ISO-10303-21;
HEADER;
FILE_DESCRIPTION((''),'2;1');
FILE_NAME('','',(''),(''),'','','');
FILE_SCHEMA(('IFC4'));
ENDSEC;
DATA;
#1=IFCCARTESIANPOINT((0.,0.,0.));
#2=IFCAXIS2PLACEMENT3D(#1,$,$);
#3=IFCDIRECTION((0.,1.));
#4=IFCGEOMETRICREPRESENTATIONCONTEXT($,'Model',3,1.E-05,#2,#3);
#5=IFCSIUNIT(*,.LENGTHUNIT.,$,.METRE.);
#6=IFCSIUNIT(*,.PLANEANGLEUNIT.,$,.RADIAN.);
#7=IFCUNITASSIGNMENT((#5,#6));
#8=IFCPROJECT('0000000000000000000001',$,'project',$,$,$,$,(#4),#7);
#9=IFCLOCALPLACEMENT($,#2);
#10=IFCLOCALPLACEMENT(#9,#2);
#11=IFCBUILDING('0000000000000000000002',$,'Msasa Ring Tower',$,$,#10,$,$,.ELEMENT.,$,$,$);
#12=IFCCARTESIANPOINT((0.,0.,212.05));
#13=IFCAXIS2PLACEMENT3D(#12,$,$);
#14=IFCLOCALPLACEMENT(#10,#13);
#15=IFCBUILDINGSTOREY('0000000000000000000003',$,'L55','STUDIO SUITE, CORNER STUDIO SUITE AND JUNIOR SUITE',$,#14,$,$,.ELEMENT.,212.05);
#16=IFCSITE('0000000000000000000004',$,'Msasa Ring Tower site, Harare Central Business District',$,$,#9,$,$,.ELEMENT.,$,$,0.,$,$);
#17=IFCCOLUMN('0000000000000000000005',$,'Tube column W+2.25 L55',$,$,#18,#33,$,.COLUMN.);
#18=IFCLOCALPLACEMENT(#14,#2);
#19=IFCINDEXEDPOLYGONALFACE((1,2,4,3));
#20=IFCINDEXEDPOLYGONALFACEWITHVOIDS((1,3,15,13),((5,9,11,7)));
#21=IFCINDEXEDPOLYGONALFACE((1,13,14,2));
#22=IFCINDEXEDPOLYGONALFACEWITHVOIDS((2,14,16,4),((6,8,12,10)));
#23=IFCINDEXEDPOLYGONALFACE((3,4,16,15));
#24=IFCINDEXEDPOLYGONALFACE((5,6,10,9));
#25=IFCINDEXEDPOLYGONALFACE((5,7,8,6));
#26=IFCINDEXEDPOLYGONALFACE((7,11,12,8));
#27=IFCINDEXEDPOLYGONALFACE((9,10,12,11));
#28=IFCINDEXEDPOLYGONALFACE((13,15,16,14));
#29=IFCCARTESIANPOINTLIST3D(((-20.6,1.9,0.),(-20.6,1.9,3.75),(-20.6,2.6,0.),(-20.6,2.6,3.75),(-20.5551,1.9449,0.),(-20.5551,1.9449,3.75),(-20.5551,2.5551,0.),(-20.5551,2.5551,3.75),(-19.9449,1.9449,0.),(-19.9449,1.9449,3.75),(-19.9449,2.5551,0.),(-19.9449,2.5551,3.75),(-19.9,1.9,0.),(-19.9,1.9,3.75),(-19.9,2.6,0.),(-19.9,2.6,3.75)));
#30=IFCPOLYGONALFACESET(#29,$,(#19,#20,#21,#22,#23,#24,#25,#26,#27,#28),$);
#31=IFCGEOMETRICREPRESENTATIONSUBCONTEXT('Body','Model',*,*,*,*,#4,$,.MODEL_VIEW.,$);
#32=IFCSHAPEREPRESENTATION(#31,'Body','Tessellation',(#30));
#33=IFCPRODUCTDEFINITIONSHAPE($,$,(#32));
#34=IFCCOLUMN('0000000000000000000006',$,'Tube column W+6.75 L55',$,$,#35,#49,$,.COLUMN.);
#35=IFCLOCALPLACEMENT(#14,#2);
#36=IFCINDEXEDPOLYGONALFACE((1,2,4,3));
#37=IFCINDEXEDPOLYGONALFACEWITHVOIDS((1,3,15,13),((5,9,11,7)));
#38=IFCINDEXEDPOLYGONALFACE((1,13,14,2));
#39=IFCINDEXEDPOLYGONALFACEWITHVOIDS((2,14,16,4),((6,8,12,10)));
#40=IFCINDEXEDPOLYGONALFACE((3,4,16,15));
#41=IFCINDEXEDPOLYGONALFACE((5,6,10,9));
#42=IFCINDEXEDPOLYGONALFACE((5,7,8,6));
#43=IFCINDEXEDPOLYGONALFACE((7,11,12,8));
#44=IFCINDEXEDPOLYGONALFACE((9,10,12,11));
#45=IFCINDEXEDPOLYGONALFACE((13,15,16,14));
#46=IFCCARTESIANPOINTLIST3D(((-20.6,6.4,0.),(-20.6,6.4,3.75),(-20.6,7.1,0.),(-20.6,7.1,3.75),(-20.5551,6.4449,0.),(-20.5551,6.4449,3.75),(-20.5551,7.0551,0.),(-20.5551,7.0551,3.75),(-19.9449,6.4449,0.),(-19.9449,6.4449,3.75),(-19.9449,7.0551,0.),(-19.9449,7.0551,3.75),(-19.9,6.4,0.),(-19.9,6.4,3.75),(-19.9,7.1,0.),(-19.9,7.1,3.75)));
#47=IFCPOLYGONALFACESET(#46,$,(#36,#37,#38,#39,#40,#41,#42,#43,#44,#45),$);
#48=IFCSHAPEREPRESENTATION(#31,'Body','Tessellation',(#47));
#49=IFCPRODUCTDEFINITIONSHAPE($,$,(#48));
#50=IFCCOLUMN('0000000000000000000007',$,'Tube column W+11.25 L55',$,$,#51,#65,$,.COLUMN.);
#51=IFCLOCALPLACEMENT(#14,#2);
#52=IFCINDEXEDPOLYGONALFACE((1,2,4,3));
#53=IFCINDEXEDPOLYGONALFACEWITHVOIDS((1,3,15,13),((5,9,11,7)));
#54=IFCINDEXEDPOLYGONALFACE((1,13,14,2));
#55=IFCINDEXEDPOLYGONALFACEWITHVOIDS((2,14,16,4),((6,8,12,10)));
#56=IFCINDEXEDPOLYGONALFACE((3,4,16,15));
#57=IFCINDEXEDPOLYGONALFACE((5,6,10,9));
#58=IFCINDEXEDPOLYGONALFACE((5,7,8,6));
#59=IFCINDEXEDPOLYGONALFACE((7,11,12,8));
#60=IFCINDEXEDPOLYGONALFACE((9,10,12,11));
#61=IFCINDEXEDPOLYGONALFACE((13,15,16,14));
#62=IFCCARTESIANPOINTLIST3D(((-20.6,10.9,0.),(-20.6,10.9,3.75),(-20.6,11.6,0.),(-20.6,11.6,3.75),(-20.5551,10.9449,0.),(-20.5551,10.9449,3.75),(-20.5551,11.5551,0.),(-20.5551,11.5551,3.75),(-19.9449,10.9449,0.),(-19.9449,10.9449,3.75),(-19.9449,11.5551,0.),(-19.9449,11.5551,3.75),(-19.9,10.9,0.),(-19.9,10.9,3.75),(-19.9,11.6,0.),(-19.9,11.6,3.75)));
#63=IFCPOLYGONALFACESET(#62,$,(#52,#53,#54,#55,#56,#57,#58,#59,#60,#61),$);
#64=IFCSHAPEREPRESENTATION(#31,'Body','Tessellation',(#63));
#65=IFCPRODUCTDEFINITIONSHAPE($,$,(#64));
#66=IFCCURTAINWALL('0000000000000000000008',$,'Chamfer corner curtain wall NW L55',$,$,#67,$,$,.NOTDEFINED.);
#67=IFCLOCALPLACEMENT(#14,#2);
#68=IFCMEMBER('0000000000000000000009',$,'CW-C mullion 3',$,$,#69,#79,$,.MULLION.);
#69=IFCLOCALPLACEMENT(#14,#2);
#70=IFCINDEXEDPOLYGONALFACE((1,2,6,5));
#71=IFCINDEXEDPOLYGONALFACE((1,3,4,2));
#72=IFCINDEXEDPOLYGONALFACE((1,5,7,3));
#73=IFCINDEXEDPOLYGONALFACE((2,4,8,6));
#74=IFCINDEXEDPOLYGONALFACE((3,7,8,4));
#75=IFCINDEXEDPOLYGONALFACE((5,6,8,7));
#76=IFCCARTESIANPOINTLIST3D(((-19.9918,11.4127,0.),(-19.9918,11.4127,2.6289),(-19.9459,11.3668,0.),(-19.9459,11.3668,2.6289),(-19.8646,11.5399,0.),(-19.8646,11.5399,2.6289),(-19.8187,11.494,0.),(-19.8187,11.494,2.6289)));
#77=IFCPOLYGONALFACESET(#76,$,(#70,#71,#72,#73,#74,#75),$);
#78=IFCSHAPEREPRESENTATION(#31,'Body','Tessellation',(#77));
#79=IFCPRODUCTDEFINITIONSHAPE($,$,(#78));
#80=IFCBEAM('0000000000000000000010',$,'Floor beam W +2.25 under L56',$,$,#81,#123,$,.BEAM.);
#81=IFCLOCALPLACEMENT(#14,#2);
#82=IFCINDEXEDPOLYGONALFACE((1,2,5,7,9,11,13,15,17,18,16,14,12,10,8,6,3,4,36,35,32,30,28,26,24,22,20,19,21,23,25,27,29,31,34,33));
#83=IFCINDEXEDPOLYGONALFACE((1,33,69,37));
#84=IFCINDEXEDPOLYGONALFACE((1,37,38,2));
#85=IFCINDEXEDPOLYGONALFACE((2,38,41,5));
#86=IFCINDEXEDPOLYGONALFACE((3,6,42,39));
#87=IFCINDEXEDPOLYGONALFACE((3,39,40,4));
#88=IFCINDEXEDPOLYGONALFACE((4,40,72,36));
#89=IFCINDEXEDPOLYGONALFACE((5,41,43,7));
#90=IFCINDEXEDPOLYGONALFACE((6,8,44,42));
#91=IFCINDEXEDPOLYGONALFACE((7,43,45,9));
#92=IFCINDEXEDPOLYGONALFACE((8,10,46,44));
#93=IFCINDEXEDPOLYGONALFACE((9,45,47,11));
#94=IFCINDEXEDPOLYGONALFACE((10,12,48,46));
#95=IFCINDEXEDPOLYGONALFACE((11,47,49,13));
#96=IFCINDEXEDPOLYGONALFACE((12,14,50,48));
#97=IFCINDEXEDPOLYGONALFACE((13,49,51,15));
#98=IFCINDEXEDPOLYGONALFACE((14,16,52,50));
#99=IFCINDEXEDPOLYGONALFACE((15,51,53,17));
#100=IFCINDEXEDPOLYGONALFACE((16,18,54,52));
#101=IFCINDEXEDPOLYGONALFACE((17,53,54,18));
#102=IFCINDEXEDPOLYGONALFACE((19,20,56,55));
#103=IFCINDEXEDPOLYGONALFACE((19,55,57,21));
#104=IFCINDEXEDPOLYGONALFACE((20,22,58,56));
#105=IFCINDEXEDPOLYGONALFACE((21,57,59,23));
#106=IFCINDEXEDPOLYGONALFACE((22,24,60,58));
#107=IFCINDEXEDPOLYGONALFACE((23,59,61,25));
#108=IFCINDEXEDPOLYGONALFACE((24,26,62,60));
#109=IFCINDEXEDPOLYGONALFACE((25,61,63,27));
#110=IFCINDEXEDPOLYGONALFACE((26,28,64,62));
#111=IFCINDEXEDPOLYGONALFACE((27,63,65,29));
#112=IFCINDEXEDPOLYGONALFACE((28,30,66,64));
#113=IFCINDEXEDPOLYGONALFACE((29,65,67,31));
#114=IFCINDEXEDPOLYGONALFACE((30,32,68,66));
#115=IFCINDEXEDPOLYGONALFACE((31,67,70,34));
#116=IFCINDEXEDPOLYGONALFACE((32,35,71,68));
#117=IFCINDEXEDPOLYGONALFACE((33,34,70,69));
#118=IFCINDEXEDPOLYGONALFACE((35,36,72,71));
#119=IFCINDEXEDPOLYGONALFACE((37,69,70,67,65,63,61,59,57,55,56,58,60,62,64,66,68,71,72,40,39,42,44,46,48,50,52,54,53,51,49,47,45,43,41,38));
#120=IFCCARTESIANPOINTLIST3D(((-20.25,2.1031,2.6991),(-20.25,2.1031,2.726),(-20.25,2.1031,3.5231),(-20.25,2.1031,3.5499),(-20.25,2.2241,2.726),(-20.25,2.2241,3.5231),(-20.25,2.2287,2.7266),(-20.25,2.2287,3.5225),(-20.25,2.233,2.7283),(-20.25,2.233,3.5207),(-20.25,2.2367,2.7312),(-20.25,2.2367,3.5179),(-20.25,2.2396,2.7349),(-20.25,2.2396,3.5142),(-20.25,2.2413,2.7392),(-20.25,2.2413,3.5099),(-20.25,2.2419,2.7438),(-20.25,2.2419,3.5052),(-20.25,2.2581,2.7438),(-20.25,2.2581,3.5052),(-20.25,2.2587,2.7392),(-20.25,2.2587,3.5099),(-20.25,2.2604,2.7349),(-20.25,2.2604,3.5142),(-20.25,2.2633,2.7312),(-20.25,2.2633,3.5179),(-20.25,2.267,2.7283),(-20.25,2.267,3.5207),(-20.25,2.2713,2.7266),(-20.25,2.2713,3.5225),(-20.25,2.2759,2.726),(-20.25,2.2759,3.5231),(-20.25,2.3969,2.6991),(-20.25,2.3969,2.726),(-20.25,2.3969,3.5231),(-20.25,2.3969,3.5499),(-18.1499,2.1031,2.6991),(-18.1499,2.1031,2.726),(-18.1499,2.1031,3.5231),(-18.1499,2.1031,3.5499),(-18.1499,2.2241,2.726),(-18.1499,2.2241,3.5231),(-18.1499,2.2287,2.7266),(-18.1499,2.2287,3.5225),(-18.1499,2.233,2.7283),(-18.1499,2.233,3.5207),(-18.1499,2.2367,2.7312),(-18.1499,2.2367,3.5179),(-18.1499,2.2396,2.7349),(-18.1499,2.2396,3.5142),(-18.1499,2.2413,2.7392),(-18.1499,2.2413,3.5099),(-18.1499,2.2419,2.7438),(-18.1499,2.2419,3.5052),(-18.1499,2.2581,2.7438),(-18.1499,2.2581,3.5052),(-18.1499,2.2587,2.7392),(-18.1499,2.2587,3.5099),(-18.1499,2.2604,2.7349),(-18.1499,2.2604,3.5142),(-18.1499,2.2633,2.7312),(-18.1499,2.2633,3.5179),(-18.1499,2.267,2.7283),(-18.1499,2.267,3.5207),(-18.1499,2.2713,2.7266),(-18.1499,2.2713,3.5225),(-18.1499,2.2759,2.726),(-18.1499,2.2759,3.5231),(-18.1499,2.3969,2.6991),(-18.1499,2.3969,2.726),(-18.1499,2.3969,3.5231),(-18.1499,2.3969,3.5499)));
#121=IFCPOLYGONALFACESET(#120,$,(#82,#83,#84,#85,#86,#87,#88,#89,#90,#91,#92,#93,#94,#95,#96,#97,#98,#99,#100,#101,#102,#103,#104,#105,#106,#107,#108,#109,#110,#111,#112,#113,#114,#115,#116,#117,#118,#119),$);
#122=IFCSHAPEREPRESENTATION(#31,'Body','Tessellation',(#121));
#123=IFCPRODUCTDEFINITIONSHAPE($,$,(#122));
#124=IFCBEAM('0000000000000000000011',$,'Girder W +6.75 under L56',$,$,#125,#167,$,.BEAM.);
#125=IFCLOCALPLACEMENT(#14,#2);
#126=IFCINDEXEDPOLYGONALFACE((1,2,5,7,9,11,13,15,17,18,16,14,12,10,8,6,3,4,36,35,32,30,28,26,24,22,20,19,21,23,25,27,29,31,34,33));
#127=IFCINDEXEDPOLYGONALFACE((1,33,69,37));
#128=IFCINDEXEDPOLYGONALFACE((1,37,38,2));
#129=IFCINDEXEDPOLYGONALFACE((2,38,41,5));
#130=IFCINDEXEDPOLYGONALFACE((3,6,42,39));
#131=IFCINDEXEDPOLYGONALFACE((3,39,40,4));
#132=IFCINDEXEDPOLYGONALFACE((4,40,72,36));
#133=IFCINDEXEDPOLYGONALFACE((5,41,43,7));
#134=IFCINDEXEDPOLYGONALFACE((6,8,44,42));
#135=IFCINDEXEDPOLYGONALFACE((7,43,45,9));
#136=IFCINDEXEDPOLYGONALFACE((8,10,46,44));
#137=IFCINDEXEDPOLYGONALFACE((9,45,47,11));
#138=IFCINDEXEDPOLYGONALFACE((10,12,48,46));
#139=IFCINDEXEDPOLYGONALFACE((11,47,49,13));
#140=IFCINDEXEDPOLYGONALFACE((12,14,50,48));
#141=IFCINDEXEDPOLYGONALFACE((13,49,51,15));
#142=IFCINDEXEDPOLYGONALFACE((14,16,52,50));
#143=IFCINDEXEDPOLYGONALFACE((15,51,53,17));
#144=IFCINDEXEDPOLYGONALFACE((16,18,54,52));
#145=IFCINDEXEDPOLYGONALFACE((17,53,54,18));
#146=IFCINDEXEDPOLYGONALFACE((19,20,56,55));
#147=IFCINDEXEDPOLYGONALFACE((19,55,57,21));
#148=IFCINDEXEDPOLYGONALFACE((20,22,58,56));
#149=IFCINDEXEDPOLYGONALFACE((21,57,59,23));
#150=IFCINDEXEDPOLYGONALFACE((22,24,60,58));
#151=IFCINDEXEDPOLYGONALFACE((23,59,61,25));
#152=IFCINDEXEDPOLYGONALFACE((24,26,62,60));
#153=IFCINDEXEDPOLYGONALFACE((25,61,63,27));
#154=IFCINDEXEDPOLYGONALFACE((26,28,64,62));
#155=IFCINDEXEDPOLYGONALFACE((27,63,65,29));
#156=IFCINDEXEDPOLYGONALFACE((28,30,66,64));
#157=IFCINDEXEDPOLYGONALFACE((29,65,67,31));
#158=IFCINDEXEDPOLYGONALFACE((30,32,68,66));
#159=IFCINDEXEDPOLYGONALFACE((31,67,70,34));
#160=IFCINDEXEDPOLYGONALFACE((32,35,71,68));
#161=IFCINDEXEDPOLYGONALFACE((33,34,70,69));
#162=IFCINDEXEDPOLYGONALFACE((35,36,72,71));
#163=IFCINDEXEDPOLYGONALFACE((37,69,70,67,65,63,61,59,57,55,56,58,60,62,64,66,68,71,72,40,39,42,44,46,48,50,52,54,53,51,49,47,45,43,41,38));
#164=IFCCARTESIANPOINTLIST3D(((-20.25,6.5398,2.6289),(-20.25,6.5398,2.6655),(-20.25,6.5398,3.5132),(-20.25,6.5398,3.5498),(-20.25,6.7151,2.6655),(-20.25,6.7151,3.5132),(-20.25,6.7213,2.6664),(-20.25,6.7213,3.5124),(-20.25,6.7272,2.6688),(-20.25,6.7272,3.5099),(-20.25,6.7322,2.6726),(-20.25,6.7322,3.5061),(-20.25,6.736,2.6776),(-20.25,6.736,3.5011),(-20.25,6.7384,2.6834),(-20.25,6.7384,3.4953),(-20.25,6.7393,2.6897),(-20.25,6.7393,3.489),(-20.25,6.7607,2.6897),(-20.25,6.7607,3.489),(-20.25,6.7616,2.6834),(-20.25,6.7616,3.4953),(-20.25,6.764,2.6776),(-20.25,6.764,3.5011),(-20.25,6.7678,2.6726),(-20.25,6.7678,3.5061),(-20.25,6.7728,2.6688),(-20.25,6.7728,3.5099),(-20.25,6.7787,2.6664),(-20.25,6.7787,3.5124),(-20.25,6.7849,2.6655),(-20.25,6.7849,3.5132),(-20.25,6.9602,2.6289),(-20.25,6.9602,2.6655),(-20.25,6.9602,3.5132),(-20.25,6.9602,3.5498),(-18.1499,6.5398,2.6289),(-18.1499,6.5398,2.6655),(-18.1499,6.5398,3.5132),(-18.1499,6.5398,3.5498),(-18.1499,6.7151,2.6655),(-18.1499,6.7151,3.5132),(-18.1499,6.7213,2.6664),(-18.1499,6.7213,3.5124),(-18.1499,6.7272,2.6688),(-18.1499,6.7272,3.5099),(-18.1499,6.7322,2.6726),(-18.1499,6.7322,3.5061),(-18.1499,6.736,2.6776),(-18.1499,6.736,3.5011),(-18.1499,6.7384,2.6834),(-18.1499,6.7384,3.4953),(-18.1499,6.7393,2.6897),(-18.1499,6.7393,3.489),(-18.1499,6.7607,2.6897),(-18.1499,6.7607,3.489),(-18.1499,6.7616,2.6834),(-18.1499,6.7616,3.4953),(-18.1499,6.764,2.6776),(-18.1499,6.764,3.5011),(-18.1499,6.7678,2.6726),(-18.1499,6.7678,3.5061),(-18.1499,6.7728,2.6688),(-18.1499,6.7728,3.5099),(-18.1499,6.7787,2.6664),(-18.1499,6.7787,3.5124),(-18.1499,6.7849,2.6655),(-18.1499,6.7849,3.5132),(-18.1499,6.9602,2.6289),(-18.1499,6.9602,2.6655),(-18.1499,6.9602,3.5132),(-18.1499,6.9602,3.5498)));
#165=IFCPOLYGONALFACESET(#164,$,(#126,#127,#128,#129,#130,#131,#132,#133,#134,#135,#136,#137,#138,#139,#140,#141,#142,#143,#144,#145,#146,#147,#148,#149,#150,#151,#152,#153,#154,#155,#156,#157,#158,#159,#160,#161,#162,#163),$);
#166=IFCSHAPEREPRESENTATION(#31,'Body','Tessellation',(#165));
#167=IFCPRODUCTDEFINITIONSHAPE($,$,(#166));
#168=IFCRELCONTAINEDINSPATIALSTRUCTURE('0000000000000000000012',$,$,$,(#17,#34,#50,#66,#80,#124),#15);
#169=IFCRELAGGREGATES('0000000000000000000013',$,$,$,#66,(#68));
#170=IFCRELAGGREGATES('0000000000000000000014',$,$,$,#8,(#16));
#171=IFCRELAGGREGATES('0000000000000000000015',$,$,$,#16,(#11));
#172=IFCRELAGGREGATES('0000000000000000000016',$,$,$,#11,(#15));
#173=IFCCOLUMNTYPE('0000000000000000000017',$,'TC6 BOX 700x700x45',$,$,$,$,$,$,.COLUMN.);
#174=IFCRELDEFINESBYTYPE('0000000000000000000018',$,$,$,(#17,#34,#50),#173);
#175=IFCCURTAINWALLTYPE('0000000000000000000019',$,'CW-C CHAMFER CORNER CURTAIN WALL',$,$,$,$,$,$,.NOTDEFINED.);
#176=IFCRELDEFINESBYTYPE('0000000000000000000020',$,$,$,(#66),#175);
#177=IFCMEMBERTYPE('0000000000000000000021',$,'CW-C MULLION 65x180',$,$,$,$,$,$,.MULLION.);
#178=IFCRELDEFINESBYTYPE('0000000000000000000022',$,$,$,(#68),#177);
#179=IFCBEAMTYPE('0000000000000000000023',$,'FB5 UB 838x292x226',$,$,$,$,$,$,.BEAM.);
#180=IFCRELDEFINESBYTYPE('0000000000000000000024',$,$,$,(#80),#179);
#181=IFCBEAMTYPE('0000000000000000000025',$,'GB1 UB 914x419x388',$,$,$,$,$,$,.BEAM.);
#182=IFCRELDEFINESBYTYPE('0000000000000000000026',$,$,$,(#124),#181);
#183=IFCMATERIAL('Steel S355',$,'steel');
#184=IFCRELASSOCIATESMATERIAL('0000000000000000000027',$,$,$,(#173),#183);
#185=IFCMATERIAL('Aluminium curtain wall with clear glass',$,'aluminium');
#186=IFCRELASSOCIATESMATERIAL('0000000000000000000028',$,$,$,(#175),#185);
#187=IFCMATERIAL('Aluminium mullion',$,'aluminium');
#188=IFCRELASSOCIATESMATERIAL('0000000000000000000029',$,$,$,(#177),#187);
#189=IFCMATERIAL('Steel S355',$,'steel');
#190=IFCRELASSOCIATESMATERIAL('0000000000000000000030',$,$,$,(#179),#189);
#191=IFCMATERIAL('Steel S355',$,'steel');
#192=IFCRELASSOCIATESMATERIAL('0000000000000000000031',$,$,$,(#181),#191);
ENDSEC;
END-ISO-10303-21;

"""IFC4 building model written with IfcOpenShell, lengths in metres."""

from ifc_helpers import new_model, si_unit, direction, frame, origin, origin_2d, place, context, subcontext, project, spatial, rectangle, hollow_rectangle, i_section, extrude, material, material_profile, profile_set, type_object, element, aggregate, save


model = new_model("IFC4")

# Units and contexts
model_context = context("Model", 3, precision=1e-05, world=origin(), true_north=direction((0.0, 1.0)))
body_context = subcontext(model_context, "Body", "Model", "MODEL_VIEW")
ifc_project = project(units=[si_unit("LENGTHUNIT", "METRE"), si_unit("PLANEANGLEUNIT", "RADIAN")], contexts=[model_context])

# Site, building, storey
site_placement = place(None, origin())
site = spatial("IfcSite", under=ifc_project, at=site_placement, Name="Msasa Ring Tower site, Harare Central Business District", CompositionType="ELEMENT", RefElevation=0.0)
building_placement = place(site_placement, origin())
building = spatial("IfcBuilding", under=site, at=building_placement, Name="Msasa Ring Tower", CompositionType="ELEMENT")
storey_placement = place(building_placement, frame((0.0, 0.0, 212.05)))
storey = spatial("IfcBuildingStorey", under=building, at=storey_placement, Name="L55", Description="STUDIO SUITE, CORNER STUDIO SUITE AND JUNIOR SUITE", CompositionType="ELEMENT", Elevation=212.05)

# Columns
ifc_material_1 = material(Name="Steel S355", Category="steel")
ifc_material_profile_1 = material_profile(ifc_material_1, hollow_rectangle(XDim=0.7, YDim=0.7, WallThickness=0.0449, at=origin_2d()), Name="BOX 700x700x45")
ifc_profile_set_1 = profile_set([ifc_material_profile_1], Name="Steel S355")
column_type = type_object("IfcColumnType", Name="TC6 BOX 700x700x45", PredefinedType="COLUMN", material=ifc_profile_set_1)
for number, where, z_axis, x_axis, name in (
    (1, (-20.25, 2.25, 0.0), (0.0, 0.0, 1.0), (1.0, 0.0, 0.0), "Tube column W+2.25 L55"),
    (2, (-20.25, 6.75, 0.0), (0.0, 0.0, 1.0), (1.0, 0.0, 0.0), "Tube column W+6.75 L55"),
    (3, (-20.25, 11.25, 0.0), (0.0, 0.0, 1.0), (1.0, 0.0, 0.0), "Tube column W+11.25 L55"),
):
    element("IfcColumn", number, at=place(storey_placement, frame(where, z_axis=z_axis, x_axis=x_axis)), inside=storey, type_object=column_type, Name=name, PredefinedType="COLUMN", context=body_context, shape_type="SweptSolid", body=[
        extrude(hollow_rectangle(XDim=0.7, YDim=0.7, WallThickness=0.0449, at=origin_2d()), origin(), (0.0, 0.0, 1.0), 3.75),
    ])

# Curtain wall, member
ifc_material_2 = material(Name="Aluminium curtain wall with clear glass", Category="aluminium")
curtain_wall_type = type_object("IfcCurtainWallType", Name="CW-C CHAMFER CORNER CURTAIN WALL", PredefinedType="NOTDEFINED", material=ifc_material_2)
curtain_wall_placement = place(storey_placement, origin())
curtain_wall = element("IfcCurtainWall", 4, at=curtain_wall_placement, inside=storey, type_object=curtain_wall_type, Name="Chamfer corner curtain wall NW L55", PredefinedType="NOTDEFINED")
ifc_material_3 = material(Name="Aluminium mullion", Category="aluminium")
ifc_material_profile_2 = material_profile(ifc_material_3, rectangle(XDim=0.0649, YDim=0.1799, at=origin_2d()), Name="AL 65x180")
ifc_profile_set_2 = profile_set([ifc_material_profile_2], Name="Aluminium mullion")
member_type = type_object("IfcMemberType", Name="CW-C MULLION 65x180", PredefinedType="MULLION", material=ifc_profile_set_2)
member_placement = place(storey_placement, frame((-19.9053, 11.4534, 0.0), z_axis=(0.0, 0.0, 1.0), x_axis=(0.707107, -0.707107, 0.0)))
member = element("IfcMember", 5, at=member_placement, type_object=member_type, Name="CW-C mullion 3", PredefinedType="MULLION", context=body_context, shape_type="SweptSolid", body=[
    extrude(rectangle(XDim=0.0649, YDim=0.1799, at=origin_2d()), origin(), (0.0, 0.0, 1.0), 2.6289),
])
aggregate(curtain_wall, [member])

# Beams
ifc_material_4 = material(Name="Steel S355", Category="steel")
ifc_material_profile_3 = material_profile(ifc_material_4, i_section(OverallWidth=0.2937, OverallDepth=0.8508, WebThickness=0.0161, FlangeThickness=0.0269, FilletRadius=0.0178, at=origin_2d()), Name="UB 838x292x226")
ifc_profile_set_3 = profile_set([ifc_material_profile_3], Name="Steel S355")
beam_type_1 = type_object("IfcBeamType", Name="FB5 UB 838x292x226", PredefinedType="BEAM", material=ifc_profile_set_3)
beam_1_placement = place(storey_placement, frame((-20.25, 2.25, 3.1245), z_axis=(1.0, 0.0, 0.0), x_axis=(0.0, 1.0, 0.0)))
element("IfcBeam", 6, at=beam_1_placement, inside=storey, type_object=beam_type_1, Name="Floor beam W +2.25 under L56", PredefinedType="BEAM", context=body_context, shape_type="SweptSolid", body=[
    extrude(i_section(OverallWidth=0.2937, OverallDepth=0.8508, WebThickness=0.0161, FlangeThickness=0.0269, FilletRadius=0.0178, at=origin_2d()), origin(), (0.0, 0.0, 1.0), 2.1001),
])
ifc_material_5 = material(Name="Steel S355", Category="steel")
ifc_material_profile_4 = material_profile(ifc_material_5, i_section(OverallWidth=0.4204, OverallDepth=0.9209, WebThickness=0.0215, FlangeThickness=0.0366, FilletRadius=0.0242, at=origin_2d()), Name="UB 914x419x388")
ifc_profile_set_4 = profile_set([ifc_material_profile_4], Name="Steel S355")
beam_type_2 = type_object("IfcBeamType", Name="GB1 UB 914x419x388", PredefinedType="BEAM", material=ifc_profile_set_4)
beam_2_placement = place(storey_placement, frame((-18.1499, 6.75, 3.0894), z_axis=(-1.0, 0.0, 0.0), x_axis=(0.0, -1.0, 0.0)))
element("IfcBeam", 7, at=beam_2_placement, inside=storey, type_object=beam_type_2, Name="Girder W +6.75 under L56", PredefinedType="BEAM", context=body_context, shape_type="SweptSolid", body=[
    extrude(i_section(OverallWidth=0.4204, OverallDepth=0.9209, WebThickness=0.0215, FlangeThickness=0.0366, FilletRadius=0.0242, at=origin_2d()), origin(), (0.0, 0.0, 1.0), 2.1001),
])

save(model, "model.ifc")
